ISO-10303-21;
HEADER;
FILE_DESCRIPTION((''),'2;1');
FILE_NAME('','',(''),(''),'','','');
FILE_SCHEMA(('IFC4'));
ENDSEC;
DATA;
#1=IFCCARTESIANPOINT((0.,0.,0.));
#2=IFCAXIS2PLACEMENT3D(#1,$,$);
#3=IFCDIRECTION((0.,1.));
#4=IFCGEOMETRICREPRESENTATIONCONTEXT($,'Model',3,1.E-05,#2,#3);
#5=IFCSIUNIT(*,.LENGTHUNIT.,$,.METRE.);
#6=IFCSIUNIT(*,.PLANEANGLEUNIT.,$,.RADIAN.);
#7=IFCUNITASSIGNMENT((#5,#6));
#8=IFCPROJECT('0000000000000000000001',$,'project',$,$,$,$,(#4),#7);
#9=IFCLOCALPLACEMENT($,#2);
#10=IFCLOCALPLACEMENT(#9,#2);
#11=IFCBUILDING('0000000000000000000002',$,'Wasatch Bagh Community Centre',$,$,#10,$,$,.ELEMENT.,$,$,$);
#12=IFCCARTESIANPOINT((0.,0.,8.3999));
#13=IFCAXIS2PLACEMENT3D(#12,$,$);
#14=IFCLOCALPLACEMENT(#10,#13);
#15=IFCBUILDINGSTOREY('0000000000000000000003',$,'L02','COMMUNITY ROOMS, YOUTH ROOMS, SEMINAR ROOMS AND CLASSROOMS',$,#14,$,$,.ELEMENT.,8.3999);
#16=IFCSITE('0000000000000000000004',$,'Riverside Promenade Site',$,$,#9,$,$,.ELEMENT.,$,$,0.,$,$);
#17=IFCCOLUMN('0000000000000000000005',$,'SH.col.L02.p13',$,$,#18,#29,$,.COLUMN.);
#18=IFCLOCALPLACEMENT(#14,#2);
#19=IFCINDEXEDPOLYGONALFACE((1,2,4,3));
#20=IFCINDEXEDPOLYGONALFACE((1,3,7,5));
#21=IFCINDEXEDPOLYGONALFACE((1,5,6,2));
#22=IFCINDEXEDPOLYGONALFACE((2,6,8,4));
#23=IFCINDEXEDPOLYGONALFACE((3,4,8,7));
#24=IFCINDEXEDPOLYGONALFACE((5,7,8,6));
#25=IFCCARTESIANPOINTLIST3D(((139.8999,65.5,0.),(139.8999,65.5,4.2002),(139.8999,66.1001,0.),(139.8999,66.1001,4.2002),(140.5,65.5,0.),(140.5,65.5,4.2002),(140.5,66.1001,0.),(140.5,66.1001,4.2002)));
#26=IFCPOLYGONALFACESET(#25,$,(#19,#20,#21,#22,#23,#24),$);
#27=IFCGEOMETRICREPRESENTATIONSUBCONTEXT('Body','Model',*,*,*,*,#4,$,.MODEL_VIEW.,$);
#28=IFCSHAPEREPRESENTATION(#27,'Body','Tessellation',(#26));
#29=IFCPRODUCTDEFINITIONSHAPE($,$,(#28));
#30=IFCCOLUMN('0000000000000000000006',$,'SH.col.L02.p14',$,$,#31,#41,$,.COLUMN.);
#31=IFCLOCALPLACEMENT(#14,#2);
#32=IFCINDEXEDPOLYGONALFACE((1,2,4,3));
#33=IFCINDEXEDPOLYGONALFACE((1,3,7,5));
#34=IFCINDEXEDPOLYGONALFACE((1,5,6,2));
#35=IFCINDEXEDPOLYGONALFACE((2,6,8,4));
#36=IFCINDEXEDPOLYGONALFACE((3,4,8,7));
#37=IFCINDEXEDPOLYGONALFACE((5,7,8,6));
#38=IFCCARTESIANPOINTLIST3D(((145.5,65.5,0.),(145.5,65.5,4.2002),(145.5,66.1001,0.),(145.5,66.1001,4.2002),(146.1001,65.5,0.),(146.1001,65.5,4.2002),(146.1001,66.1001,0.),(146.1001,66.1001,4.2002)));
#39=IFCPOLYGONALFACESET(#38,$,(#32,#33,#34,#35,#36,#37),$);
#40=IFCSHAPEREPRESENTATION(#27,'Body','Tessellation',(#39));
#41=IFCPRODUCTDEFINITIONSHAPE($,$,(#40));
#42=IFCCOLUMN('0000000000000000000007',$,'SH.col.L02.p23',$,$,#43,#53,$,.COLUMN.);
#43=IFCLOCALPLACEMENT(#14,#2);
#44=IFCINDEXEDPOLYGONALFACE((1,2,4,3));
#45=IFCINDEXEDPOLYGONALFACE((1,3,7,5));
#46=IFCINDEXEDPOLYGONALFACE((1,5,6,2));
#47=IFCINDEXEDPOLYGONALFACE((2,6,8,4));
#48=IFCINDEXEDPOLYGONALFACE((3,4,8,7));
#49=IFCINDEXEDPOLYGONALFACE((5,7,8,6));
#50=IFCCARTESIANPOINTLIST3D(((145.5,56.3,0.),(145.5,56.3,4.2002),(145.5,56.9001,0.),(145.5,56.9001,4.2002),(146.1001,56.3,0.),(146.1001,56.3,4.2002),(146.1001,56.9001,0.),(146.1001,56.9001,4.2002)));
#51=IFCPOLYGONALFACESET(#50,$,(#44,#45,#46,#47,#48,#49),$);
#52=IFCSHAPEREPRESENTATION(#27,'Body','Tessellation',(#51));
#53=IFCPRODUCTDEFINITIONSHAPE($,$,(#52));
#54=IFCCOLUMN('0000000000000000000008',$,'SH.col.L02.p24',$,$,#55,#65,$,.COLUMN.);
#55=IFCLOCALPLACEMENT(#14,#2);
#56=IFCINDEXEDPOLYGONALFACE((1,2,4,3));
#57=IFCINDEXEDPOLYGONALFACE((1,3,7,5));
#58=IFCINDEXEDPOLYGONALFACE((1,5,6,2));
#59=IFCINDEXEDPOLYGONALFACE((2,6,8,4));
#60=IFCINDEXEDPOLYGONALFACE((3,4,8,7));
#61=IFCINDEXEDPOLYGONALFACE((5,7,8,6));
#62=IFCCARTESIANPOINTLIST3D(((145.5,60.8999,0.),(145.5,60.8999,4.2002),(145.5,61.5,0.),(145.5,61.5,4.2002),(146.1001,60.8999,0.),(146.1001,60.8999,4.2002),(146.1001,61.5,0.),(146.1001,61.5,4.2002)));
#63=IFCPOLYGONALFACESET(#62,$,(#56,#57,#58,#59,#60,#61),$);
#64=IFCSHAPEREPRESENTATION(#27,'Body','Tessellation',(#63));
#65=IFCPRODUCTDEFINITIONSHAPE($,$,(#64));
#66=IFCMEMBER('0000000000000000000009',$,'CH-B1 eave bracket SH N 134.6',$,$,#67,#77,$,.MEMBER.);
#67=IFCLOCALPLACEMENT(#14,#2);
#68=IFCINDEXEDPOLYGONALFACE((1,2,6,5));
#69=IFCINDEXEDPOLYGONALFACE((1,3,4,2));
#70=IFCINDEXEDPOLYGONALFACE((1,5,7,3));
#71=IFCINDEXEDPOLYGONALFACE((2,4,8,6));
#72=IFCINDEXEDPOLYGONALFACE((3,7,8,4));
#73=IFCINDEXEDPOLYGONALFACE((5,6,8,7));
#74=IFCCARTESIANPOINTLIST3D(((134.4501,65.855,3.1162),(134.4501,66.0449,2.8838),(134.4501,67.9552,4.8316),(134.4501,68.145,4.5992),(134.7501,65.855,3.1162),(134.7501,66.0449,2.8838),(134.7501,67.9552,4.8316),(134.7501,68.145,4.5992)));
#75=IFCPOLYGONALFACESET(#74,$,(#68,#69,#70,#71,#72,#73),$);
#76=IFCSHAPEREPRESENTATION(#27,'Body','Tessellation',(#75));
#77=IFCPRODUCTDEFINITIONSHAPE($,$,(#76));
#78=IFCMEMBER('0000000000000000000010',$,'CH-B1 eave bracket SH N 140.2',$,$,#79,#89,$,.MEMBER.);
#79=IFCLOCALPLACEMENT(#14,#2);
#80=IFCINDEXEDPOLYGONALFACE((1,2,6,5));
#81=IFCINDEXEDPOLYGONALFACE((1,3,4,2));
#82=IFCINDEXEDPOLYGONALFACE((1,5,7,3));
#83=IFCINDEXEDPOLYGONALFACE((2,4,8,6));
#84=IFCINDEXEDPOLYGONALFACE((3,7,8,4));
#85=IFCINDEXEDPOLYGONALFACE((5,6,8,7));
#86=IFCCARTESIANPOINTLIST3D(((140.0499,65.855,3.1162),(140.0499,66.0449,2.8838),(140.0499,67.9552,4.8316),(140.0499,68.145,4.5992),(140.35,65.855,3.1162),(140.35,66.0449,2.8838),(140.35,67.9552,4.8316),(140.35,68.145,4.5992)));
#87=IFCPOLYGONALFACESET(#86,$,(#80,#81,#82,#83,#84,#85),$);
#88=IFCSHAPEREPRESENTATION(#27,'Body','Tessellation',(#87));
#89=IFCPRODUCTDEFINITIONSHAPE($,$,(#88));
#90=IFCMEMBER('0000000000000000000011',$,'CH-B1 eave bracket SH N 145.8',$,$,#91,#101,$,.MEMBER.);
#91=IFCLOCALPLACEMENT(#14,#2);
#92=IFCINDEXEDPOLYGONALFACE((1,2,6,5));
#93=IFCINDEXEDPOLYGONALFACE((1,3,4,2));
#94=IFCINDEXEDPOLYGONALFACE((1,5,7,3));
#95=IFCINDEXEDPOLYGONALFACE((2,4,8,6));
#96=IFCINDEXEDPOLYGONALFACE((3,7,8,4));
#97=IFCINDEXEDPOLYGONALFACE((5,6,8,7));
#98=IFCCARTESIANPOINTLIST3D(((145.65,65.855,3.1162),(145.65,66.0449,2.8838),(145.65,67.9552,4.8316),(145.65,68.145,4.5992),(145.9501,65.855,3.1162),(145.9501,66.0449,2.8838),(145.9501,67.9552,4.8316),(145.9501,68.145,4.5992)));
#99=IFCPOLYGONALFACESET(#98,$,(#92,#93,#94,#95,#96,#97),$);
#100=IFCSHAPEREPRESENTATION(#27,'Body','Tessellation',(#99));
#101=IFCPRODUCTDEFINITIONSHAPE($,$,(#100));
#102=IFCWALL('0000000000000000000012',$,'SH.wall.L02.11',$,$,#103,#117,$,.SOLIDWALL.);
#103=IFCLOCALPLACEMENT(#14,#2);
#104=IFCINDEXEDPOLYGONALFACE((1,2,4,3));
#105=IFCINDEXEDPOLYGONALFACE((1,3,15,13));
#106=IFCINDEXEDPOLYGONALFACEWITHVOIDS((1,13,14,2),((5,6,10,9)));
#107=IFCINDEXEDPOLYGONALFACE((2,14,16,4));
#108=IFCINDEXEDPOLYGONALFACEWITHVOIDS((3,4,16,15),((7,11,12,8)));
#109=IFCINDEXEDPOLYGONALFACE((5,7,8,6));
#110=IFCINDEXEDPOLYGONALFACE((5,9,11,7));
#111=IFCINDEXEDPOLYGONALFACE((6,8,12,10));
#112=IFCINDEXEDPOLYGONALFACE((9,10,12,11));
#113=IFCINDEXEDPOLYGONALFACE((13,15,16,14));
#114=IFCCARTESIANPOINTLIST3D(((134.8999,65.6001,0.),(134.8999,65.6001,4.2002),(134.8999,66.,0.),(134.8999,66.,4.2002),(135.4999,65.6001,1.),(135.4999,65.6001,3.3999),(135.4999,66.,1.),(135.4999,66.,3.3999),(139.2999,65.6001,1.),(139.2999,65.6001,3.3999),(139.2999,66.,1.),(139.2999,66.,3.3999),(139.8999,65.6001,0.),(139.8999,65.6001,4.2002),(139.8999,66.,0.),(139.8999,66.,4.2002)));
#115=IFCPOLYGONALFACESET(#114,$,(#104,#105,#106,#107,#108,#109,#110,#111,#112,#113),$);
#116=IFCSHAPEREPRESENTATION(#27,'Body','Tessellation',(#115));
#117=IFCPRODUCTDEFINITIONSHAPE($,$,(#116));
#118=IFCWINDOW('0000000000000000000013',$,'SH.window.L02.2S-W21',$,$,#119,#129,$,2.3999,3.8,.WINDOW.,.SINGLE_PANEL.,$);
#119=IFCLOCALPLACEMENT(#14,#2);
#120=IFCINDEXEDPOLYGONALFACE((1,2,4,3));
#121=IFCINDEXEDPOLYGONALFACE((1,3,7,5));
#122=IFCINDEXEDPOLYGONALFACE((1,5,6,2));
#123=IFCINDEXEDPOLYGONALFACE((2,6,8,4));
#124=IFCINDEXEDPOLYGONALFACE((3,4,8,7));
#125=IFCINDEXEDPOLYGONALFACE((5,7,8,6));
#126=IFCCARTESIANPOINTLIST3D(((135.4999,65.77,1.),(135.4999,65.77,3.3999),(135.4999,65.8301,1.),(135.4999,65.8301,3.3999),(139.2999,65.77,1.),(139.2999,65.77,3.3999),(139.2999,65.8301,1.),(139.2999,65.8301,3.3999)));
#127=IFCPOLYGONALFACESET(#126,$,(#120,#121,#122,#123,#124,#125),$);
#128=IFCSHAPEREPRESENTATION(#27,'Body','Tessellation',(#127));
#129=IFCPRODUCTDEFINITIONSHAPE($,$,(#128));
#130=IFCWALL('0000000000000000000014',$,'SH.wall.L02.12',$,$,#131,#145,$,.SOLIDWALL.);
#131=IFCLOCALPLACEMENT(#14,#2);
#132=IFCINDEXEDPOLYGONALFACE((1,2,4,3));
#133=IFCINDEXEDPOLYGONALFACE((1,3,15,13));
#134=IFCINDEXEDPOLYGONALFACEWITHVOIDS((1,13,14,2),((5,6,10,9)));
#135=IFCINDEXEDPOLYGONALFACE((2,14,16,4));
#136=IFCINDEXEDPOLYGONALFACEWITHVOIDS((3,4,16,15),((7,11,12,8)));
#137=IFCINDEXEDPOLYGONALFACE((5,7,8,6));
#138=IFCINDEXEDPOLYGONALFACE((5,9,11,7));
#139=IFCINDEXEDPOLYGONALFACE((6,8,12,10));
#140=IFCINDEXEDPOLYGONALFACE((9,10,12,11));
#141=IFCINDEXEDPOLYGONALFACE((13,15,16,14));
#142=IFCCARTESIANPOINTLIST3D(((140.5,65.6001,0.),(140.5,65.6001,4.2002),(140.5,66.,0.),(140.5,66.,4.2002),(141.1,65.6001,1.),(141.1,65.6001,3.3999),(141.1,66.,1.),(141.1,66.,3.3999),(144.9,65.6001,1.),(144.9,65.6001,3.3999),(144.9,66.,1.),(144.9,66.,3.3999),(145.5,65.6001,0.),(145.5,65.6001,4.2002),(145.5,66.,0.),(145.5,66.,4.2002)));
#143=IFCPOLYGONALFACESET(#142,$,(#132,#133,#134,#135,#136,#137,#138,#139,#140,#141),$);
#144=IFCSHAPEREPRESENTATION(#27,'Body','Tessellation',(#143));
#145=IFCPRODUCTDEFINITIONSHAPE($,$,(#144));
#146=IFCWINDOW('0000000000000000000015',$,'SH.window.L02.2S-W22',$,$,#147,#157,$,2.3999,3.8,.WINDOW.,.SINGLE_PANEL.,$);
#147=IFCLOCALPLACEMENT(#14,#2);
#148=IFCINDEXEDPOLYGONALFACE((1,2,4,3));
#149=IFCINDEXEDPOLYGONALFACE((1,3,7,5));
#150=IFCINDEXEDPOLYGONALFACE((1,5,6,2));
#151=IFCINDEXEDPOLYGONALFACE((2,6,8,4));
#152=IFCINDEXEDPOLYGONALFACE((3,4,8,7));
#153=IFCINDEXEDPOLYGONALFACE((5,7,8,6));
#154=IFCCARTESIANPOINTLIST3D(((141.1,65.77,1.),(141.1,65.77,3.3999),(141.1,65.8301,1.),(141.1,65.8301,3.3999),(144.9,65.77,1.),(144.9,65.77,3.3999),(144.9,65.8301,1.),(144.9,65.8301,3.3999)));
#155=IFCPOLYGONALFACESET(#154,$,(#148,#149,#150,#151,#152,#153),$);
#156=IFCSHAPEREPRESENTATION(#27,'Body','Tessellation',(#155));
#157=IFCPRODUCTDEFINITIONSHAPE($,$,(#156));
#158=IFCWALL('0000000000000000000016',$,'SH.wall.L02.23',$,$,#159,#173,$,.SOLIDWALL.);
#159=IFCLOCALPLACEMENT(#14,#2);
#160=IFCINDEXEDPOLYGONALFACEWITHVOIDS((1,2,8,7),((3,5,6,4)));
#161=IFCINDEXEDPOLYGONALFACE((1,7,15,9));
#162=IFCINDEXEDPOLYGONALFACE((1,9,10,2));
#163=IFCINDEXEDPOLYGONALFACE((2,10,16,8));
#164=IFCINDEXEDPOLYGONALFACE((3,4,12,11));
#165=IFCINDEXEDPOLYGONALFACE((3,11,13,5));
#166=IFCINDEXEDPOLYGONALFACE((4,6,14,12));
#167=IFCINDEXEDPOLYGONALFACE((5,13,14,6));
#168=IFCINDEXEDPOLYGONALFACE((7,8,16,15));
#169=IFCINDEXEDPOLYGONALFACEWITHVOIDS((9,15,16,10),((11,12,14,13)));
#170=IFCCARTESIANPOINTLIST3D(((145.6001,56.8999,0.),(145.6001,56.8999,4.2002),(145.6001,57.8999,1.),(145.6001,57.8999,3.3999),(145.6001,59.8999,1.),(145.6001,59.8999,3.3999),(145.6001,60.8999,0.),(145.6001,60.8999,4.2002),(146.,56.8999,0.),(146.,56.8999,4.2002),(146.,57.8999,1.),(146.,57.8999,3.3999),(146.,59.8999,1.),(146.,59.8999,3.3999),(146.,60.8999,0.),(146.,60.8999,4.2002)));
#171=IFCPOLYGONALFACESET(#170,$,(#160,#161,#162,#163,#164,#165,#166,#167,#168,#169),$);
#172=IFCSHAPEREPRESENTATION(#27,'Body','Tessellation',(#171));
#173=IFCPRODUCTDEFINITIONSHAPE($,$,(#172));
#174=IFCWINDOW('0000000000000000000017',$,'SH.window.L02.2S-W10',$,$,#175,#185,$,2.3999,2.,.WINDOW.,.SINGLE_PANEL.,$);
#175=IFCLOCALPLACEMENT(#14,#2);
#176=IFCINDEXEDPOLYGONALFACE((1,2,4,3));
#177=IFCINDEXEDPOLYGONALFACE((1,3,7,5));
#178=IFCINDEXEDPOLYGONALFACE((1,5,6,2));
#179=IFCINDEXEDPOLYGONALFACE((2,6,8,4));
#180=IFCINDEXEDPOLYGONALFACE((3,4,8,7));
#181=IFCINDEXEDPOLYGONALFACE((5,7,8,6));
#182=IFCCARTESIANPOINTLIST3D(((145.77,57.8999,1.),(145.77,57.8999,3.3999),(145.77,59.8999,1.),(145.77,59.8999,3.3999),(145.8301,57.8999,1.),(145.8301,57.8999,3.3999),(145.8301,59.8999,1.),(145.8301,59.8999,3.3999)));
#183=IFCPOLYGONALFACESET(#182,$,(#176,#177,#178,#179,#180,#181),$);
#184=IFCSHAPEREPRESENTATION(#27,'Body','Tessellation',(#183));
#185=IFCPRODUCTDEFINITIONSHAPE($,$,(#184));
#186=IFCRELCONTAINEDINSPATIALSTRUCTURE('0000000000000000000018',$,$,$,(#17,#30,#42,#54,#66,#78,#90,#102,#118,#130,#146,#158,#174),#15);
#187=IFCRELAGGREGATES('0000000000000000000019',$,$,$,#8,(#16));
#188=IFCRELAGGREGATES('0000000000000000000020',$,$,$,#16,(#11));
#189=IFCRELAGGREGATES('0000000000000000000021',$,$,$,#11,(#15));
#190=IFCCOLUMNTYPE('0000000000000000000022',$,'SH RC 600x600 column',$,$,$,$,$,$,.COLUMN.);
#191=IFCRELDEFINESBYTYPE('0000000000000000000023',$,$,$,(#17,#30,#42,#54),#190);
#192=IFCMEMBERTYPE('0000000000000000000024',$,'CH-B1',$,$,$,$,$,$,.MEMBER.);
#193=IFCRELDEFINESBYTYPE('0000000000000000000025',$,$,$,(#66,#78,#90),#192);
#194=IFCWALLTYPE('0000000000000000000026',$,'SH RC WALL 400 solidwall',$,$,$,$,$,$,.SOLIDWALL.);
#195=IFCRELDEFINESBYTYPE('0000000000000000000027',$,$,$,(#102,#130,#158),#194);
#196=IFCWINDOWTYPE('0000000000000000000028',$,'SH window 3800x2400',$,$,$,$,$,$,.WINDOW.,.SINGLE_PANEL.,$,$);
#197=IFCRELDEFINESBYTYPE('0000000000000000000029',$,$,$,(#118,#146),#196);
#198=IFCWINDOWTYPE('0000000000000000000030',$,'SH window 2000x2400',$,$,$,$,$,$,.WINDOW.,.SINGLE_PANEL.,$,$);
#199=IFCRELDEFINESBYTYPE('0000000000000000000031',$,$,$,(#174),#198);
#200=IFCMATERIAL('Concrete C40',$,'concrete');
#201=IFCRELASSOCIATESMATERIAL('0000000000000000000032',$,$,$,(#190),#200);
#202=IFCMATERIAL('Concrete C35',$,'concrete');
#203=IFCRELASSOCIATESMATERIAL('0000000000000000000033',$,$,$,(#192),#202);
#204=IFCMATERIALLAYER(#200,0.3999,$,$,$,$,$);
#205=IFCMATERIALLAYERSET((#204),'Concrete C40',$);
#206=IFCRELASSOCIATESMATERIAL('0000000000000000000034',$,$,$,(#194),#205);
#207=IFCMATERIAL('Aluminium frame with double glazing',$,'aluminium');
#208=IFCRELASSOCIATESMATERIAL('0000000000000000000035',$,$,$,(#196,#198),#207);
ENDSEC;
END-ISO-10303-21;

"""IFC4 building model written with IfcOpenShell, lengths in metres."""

from ifc_helpers import new_model, si_unit, direction, frame, frame_2d, origin, origin_2d, place, context, subcontext, project, spatial, rectangle, extrude, material, layer, layer_set, material_profile, profile_set, type_object, element, fill, save


model = new_model("IFC4")

# Units and contexts
model_context = context("Model", 3, precision=1e-05, world=origin(), true_north=direction((0.0, 1.0)))
body_context = subcontext(model_context, "Body", "Model", "MODEL_VIEW")
ifc_project = project(units=[si_unit("LENGTHUNIT", "METRE"), si_unit("PLANEANGLEUNIT", "RADIAN")], contexts=[model_context])

# Site, building, storey
site_placement = place(None, origin())
site = spatial("IfcSite", under=ifc_project, at=site_placement, Name="Riverside Promenade Site", CompositionType="ELEMENT", RefElevation=0.0)
building_placement = place(site_placement, origin())
building = spatial("IfcBuilding", under=site, at=building_placement, Name="Wasatch Bagh Community Centre", CompositionType="ELEMENT")
storey_placement = place(building_placement, frame((0.0, 0.0, 8.3999)))
storey = spatial("IfcBuildingStorey", under=building, at=storey_placement, Name="L02", Description="COMMUNITY ROOMS, YOUTH ROOMS, SEMINAR ROOMS AND CLASSROOMS", CompositionType="ELEMENT", Elevation=8.3999)

# Columns
ifc_material_1 = material(Name="Concrete C40", Category="concrete")
ifc_material_profile_1 = material_profile(ifc_material_1, rectangle(XDim=0.6001, YDim=0.6001, at=origin_2d()), Name="RC 600x600")
ifc_profile_set_1 = profile_set([ifc_material_profile_1], Name="Concrete C40")
column_type = type_object("IfcColumnType", Name="SH RC 600x600 column", PredefinedType="COLUMN", material=ifc_profile_set_1)
for number, where, z_axis, x_axis, name in (
    (1, (140.2, 65.8, 0.0), (0.0, 0.0, 1.0), (1.0, 0.0, 0.0), "SH.col.L02.p13"),
    (2, (145.8, 65.8, 0.0), (0.0, 0.0, 1.0), (1.0, 0.0, 0.0), "SH.col.L02.p14"),
    (3, (145.8, 56.6001, 0.0), (0.0, 0.0, 1.0), (1.0, 0.0, 0.0), "SH.col.L02.p23"),
    (4, (145.8, 61.2, 0.0), (0.0, 0.0, 1.0), (1.0, 0.0, 0.0), "SH.col.L02.p24"),
):
    element("IfcColumn", number, at=place(storey_placement, frame(where, z_axis=z_axis, x_axis=x_axis)), inside=storey, type_object=column_type, Name=name, PredefinedType="COLUMN", context=body_context, shape_type="SweptSolid", body=[
        extrude(rectangle(XDim=0.6001, YDim=0.6001, at=origin_2d()), origin(), (0.0, 0.0, 1.0), 4.2002),
    ])

# Members
ifc_material_2 = material(Name="Concrete C35", Category="concrete")
ifc_material_profile_2 = material_profile(ifc_material_2, rectangle(XDim=0.3, YDim=0.3, at=origin_2d()), Name="RC 300x300")
ifc_profile_set_2 = profile_set([ifc_material_profile_2], Name="Concrete C35")
member_type = type_object("IfcMemberType", Name="CH-B1", PredefinedType="MEMBER", material=ifc_profile_set_2)
for number, where, z_axis, x_axis, name in (
    (5, (134.6001, 65.95, 3.0), (0.0, 0.774487, 0.63259), (-1.0, 0.0, 0.0), "CH-B1 eave bracket SH N 134.6"),
    (6, (140.2, 65.95, 3.0), (0.0, 0.774487, 0.63259), (-1.0, 0.0, 0.0), "CH-B1 eave bracket SH N 140.2"),
    (7, (145.8, 65.95, 3.0), (0.0, 0.774487, 0.63259), (-1.0, 0.0, 0.0), "CH-B1 eave bracket SH N 145.8"),
):
    element("IfcMember", number, at=place(storey_placement, frame(where, z_axis=z_axis, x_axis=x_axis)), inside=storey, type_object=member_type, Name=name, PredefinedType="MEMBER", context=body_context, shape_type="SweptSolid", body=[
        extrude(rectangle(XDim=0.3, YDim=0.3, at=origin_2d()), origin(), (0.0, 0.0, 1.0), 2.7117),
    ])

# Walls, openings, windows
ifc_layer_1 = layer(ifc_material_1, 0.3999)
ifc_layer_set_1 = layer_set([ifc_layer_1], Name="Concrete C40")
wall_type_1 = type_object("IfcWallType", Name="SH RC WALL 400 solidwall", PredefinedType="SOLIDWALL", material=ifc_layer_set_1)
wall_1_placement = place(storey_placement, frame((134.8999, 65.8, 0.0), z_axis=(0.0, 0.0, 1.0), x_axis=(1.0, 0.0, 0.0)))
wall_1 = element("IfcWall", 8, at=wall_1_placement, inside=storey, type_object=wall_type_1, Name="SH.wall.L02.11", PredefinedType="SOLIDWALL", context=body_context, shape_type="SweptSolid", body=[
    extrude(rectangle(XDim=5.0, YDim=0.3999, at=frame_2d((2.5, 0.0))), origin(), (0.0, 0.0, 1.0), 4.2002),
])
opening_1_placement = place(wall_1_placement, frame((0.6001, 0.0, 1.0)))
opening_1 = element("IfcOpeningElement", 9, at=opening_1_placement, cuts=wall_1, PredefinedType="OPENING", context=body_context, shape_type="SweptSolid", body=[
    extrude(rectangle(XDim=3.8, YDim=2.3999, at=frame_2d((1.8999, 1.2))), frame((0.0, 0.21, 0.0), z_axis=(0.0, -1.0, 0.0), x_axis=(1.0, 0.0, 0.0)), (0.0, 0.0, 1.0), 0.4199),
])
ifc_material_3 = material(Name="Aluminium frame with double glazing", Category="aluminium")
window_type_1 = type_object("IfcWindowType", Name="SH window 3800x2400", PartitioningType="SINGLE_PANEL", PredefinedType="WINDOW", material=ifc_material_3)
window_1_placement = place(opening_1_placement, origin())
window_1 = element("IfcWindow", 10, at=window_1_placement, inside=storey, type_object=window_type_1, Name="SH.window.L02.2S-W21", OverallHeight=2.3999, OverallWidth=3.8, PartitioningType="SINGLE_PANEL", PredefinedType="WINDOW", context=body_context, shape_type="SweptSolid", body=[
    extrude(rectangle(XDim=3.8, YDim=2.3999, at=frame_2d((1.8999, 1.2))), frame((0.0, 0.03, 0.0), z_axis=(0.0, -1.0, 0.0), x_axis=(1.0, 0.0, 0.0)), (0.0, 0.0, 1.0), 0.0601),
])
fill(opening_1, window_1)
wall_2_placement = place(storey_placement, frame((140.5, 65.8, 0.0), z_axis=(0.0, 0.0, 1.0), x_axis=(1.0, 0.0, 0.0)))
wall_2 = element("IfcWall", 11, at=wall_2_placement, inside=storey, type_object=wall_type_1, Name="SH.wall.L02.12", PredefinedType="SOLIDWALL", context=body_context, shape_type="SweptSolid", body=[
    extrude(rectangle(XDim=5.0, YDim=0.3999, at=frame_2d((2.5, 0.0))), origin(), (0.0, 0.0, 1.0), 4.2002),
])
opening_2_placement = place(wall_2_placement, frame((0.6001, 0.0, 1.0)))
opening_2 = element("IfcOpeningElement", 12, at=opening_2_placement, cuts=wall_2, PredefinedType="OPENING", context=body_context, shape_type="SweptSolid", body=[
    extrude(rectangle(XDim=3.8, YDim=2.3999, at=frame_2d((1.8999, 1.2))), frame((0.0, 0.21, 0.0), z_axis=(0.0, -1.0, 0.0), x_axis=(1.0, 0.0, 0.0)), (0.0, 0.0, 1.0), 0.4199),
])
window_2_placement = place(opening_2_placement, origin())
window_2 = element("IfcWindow", 13, at=window_2_placement, inside=storey, type_object=window_type_1, Name="SH.window.L02.2S-W22", OverallHeight=2.3999, OverallWidth=3.8, PartitioningType="SINGLE_PANEL", PredefinedType="WINDOW", context=body_context, shape_type="SweptSolid", body=[
    extrude(rectangle(XDim=3.8, YDim=2.3999, at=frame_2d((1.8999, 1.2))), frame((0.0, 0.03, 0.0), z_axis=(0.0, -1.0, 0.0), x_axis=(1.0, 0.0, 0.0)), (0.0, 0.0, 1.0), 0.0601),
])
fill(opening_2, window_2)
wall_3_placement = place(storey_placement, frame((145.8, 56.8999, 0.0), z_axis=(0.0, 0.0, 1.0), x_axis=(0.0, 1.0, 0.0)))
wall_3 = element("IfcWall", 14, at=wall_3_placement, inside=storey, type_object=wall_type_1, Name="SH.wall.L02.23", PredefinedType="SOLIDWALL", context=body_context, shape_type="SweptSolid", body=[
    extrude(rectangle(XDim=4.0, YDim=0.3999, at=frame_2d((2.0, 0.0))), origin(), (0.0, 0.0, 1.0), 4.2002),
])
opening_3_placement = place(wall_3_placement, frame((1.0, 0.0, 1.0)))
opening_3 = element("IfcOpeningElement", 15, at=opening_3_placement, cuts=wall_3, PredefinedType="OPENING", context=body_context, shape_type="SweptSolid", body=[
    extrude(rectangle(XDim=2.0, YDim=2.3999, at=frame_2d((1.0, 1.2))), frame((0.0, 0.21, 0.0), z_axis=(0.0, -1.0, 0.0), x_axis=(1.0, 0.0, 0.0)), (0.0, 0.0, 1.0), 0.4199),
])
window_type_2 = type_object("IfcWindowType", Name="SH window 2000x2400", PartitioningType="SINGLE_PANEL", PredefinedType="WINDOW", material=ifc_material_3)
window_3_placement = place(opening_3_placement, origin())
window_3 = element("IfcWindow", 16, at=window_3_placement, inside=storey, type_object=window_type_2, Name="SH.window.L02.2S-W10", OverallHeight=2.3999, OverallWidth=2.0, PartitioningType="SINGLE_PANEL", PredefinedType="WINDOW", context=body_context, shape_type="SweptSolid", body=[
    extrude(rectangle(XDim=2.0, YDim=2.3999, at=frame_2d((1.0, 1.2))), frame((0.0, 0.03, 0.0), z_axis=(0.0, -1.0, 0.0), x_axis=(1.0, 0.0, 0.0)), (0.0, 0.0, 1.0), 0.0601),
])
fill(opening_3, window_3)

save(model, "model.ifc")
